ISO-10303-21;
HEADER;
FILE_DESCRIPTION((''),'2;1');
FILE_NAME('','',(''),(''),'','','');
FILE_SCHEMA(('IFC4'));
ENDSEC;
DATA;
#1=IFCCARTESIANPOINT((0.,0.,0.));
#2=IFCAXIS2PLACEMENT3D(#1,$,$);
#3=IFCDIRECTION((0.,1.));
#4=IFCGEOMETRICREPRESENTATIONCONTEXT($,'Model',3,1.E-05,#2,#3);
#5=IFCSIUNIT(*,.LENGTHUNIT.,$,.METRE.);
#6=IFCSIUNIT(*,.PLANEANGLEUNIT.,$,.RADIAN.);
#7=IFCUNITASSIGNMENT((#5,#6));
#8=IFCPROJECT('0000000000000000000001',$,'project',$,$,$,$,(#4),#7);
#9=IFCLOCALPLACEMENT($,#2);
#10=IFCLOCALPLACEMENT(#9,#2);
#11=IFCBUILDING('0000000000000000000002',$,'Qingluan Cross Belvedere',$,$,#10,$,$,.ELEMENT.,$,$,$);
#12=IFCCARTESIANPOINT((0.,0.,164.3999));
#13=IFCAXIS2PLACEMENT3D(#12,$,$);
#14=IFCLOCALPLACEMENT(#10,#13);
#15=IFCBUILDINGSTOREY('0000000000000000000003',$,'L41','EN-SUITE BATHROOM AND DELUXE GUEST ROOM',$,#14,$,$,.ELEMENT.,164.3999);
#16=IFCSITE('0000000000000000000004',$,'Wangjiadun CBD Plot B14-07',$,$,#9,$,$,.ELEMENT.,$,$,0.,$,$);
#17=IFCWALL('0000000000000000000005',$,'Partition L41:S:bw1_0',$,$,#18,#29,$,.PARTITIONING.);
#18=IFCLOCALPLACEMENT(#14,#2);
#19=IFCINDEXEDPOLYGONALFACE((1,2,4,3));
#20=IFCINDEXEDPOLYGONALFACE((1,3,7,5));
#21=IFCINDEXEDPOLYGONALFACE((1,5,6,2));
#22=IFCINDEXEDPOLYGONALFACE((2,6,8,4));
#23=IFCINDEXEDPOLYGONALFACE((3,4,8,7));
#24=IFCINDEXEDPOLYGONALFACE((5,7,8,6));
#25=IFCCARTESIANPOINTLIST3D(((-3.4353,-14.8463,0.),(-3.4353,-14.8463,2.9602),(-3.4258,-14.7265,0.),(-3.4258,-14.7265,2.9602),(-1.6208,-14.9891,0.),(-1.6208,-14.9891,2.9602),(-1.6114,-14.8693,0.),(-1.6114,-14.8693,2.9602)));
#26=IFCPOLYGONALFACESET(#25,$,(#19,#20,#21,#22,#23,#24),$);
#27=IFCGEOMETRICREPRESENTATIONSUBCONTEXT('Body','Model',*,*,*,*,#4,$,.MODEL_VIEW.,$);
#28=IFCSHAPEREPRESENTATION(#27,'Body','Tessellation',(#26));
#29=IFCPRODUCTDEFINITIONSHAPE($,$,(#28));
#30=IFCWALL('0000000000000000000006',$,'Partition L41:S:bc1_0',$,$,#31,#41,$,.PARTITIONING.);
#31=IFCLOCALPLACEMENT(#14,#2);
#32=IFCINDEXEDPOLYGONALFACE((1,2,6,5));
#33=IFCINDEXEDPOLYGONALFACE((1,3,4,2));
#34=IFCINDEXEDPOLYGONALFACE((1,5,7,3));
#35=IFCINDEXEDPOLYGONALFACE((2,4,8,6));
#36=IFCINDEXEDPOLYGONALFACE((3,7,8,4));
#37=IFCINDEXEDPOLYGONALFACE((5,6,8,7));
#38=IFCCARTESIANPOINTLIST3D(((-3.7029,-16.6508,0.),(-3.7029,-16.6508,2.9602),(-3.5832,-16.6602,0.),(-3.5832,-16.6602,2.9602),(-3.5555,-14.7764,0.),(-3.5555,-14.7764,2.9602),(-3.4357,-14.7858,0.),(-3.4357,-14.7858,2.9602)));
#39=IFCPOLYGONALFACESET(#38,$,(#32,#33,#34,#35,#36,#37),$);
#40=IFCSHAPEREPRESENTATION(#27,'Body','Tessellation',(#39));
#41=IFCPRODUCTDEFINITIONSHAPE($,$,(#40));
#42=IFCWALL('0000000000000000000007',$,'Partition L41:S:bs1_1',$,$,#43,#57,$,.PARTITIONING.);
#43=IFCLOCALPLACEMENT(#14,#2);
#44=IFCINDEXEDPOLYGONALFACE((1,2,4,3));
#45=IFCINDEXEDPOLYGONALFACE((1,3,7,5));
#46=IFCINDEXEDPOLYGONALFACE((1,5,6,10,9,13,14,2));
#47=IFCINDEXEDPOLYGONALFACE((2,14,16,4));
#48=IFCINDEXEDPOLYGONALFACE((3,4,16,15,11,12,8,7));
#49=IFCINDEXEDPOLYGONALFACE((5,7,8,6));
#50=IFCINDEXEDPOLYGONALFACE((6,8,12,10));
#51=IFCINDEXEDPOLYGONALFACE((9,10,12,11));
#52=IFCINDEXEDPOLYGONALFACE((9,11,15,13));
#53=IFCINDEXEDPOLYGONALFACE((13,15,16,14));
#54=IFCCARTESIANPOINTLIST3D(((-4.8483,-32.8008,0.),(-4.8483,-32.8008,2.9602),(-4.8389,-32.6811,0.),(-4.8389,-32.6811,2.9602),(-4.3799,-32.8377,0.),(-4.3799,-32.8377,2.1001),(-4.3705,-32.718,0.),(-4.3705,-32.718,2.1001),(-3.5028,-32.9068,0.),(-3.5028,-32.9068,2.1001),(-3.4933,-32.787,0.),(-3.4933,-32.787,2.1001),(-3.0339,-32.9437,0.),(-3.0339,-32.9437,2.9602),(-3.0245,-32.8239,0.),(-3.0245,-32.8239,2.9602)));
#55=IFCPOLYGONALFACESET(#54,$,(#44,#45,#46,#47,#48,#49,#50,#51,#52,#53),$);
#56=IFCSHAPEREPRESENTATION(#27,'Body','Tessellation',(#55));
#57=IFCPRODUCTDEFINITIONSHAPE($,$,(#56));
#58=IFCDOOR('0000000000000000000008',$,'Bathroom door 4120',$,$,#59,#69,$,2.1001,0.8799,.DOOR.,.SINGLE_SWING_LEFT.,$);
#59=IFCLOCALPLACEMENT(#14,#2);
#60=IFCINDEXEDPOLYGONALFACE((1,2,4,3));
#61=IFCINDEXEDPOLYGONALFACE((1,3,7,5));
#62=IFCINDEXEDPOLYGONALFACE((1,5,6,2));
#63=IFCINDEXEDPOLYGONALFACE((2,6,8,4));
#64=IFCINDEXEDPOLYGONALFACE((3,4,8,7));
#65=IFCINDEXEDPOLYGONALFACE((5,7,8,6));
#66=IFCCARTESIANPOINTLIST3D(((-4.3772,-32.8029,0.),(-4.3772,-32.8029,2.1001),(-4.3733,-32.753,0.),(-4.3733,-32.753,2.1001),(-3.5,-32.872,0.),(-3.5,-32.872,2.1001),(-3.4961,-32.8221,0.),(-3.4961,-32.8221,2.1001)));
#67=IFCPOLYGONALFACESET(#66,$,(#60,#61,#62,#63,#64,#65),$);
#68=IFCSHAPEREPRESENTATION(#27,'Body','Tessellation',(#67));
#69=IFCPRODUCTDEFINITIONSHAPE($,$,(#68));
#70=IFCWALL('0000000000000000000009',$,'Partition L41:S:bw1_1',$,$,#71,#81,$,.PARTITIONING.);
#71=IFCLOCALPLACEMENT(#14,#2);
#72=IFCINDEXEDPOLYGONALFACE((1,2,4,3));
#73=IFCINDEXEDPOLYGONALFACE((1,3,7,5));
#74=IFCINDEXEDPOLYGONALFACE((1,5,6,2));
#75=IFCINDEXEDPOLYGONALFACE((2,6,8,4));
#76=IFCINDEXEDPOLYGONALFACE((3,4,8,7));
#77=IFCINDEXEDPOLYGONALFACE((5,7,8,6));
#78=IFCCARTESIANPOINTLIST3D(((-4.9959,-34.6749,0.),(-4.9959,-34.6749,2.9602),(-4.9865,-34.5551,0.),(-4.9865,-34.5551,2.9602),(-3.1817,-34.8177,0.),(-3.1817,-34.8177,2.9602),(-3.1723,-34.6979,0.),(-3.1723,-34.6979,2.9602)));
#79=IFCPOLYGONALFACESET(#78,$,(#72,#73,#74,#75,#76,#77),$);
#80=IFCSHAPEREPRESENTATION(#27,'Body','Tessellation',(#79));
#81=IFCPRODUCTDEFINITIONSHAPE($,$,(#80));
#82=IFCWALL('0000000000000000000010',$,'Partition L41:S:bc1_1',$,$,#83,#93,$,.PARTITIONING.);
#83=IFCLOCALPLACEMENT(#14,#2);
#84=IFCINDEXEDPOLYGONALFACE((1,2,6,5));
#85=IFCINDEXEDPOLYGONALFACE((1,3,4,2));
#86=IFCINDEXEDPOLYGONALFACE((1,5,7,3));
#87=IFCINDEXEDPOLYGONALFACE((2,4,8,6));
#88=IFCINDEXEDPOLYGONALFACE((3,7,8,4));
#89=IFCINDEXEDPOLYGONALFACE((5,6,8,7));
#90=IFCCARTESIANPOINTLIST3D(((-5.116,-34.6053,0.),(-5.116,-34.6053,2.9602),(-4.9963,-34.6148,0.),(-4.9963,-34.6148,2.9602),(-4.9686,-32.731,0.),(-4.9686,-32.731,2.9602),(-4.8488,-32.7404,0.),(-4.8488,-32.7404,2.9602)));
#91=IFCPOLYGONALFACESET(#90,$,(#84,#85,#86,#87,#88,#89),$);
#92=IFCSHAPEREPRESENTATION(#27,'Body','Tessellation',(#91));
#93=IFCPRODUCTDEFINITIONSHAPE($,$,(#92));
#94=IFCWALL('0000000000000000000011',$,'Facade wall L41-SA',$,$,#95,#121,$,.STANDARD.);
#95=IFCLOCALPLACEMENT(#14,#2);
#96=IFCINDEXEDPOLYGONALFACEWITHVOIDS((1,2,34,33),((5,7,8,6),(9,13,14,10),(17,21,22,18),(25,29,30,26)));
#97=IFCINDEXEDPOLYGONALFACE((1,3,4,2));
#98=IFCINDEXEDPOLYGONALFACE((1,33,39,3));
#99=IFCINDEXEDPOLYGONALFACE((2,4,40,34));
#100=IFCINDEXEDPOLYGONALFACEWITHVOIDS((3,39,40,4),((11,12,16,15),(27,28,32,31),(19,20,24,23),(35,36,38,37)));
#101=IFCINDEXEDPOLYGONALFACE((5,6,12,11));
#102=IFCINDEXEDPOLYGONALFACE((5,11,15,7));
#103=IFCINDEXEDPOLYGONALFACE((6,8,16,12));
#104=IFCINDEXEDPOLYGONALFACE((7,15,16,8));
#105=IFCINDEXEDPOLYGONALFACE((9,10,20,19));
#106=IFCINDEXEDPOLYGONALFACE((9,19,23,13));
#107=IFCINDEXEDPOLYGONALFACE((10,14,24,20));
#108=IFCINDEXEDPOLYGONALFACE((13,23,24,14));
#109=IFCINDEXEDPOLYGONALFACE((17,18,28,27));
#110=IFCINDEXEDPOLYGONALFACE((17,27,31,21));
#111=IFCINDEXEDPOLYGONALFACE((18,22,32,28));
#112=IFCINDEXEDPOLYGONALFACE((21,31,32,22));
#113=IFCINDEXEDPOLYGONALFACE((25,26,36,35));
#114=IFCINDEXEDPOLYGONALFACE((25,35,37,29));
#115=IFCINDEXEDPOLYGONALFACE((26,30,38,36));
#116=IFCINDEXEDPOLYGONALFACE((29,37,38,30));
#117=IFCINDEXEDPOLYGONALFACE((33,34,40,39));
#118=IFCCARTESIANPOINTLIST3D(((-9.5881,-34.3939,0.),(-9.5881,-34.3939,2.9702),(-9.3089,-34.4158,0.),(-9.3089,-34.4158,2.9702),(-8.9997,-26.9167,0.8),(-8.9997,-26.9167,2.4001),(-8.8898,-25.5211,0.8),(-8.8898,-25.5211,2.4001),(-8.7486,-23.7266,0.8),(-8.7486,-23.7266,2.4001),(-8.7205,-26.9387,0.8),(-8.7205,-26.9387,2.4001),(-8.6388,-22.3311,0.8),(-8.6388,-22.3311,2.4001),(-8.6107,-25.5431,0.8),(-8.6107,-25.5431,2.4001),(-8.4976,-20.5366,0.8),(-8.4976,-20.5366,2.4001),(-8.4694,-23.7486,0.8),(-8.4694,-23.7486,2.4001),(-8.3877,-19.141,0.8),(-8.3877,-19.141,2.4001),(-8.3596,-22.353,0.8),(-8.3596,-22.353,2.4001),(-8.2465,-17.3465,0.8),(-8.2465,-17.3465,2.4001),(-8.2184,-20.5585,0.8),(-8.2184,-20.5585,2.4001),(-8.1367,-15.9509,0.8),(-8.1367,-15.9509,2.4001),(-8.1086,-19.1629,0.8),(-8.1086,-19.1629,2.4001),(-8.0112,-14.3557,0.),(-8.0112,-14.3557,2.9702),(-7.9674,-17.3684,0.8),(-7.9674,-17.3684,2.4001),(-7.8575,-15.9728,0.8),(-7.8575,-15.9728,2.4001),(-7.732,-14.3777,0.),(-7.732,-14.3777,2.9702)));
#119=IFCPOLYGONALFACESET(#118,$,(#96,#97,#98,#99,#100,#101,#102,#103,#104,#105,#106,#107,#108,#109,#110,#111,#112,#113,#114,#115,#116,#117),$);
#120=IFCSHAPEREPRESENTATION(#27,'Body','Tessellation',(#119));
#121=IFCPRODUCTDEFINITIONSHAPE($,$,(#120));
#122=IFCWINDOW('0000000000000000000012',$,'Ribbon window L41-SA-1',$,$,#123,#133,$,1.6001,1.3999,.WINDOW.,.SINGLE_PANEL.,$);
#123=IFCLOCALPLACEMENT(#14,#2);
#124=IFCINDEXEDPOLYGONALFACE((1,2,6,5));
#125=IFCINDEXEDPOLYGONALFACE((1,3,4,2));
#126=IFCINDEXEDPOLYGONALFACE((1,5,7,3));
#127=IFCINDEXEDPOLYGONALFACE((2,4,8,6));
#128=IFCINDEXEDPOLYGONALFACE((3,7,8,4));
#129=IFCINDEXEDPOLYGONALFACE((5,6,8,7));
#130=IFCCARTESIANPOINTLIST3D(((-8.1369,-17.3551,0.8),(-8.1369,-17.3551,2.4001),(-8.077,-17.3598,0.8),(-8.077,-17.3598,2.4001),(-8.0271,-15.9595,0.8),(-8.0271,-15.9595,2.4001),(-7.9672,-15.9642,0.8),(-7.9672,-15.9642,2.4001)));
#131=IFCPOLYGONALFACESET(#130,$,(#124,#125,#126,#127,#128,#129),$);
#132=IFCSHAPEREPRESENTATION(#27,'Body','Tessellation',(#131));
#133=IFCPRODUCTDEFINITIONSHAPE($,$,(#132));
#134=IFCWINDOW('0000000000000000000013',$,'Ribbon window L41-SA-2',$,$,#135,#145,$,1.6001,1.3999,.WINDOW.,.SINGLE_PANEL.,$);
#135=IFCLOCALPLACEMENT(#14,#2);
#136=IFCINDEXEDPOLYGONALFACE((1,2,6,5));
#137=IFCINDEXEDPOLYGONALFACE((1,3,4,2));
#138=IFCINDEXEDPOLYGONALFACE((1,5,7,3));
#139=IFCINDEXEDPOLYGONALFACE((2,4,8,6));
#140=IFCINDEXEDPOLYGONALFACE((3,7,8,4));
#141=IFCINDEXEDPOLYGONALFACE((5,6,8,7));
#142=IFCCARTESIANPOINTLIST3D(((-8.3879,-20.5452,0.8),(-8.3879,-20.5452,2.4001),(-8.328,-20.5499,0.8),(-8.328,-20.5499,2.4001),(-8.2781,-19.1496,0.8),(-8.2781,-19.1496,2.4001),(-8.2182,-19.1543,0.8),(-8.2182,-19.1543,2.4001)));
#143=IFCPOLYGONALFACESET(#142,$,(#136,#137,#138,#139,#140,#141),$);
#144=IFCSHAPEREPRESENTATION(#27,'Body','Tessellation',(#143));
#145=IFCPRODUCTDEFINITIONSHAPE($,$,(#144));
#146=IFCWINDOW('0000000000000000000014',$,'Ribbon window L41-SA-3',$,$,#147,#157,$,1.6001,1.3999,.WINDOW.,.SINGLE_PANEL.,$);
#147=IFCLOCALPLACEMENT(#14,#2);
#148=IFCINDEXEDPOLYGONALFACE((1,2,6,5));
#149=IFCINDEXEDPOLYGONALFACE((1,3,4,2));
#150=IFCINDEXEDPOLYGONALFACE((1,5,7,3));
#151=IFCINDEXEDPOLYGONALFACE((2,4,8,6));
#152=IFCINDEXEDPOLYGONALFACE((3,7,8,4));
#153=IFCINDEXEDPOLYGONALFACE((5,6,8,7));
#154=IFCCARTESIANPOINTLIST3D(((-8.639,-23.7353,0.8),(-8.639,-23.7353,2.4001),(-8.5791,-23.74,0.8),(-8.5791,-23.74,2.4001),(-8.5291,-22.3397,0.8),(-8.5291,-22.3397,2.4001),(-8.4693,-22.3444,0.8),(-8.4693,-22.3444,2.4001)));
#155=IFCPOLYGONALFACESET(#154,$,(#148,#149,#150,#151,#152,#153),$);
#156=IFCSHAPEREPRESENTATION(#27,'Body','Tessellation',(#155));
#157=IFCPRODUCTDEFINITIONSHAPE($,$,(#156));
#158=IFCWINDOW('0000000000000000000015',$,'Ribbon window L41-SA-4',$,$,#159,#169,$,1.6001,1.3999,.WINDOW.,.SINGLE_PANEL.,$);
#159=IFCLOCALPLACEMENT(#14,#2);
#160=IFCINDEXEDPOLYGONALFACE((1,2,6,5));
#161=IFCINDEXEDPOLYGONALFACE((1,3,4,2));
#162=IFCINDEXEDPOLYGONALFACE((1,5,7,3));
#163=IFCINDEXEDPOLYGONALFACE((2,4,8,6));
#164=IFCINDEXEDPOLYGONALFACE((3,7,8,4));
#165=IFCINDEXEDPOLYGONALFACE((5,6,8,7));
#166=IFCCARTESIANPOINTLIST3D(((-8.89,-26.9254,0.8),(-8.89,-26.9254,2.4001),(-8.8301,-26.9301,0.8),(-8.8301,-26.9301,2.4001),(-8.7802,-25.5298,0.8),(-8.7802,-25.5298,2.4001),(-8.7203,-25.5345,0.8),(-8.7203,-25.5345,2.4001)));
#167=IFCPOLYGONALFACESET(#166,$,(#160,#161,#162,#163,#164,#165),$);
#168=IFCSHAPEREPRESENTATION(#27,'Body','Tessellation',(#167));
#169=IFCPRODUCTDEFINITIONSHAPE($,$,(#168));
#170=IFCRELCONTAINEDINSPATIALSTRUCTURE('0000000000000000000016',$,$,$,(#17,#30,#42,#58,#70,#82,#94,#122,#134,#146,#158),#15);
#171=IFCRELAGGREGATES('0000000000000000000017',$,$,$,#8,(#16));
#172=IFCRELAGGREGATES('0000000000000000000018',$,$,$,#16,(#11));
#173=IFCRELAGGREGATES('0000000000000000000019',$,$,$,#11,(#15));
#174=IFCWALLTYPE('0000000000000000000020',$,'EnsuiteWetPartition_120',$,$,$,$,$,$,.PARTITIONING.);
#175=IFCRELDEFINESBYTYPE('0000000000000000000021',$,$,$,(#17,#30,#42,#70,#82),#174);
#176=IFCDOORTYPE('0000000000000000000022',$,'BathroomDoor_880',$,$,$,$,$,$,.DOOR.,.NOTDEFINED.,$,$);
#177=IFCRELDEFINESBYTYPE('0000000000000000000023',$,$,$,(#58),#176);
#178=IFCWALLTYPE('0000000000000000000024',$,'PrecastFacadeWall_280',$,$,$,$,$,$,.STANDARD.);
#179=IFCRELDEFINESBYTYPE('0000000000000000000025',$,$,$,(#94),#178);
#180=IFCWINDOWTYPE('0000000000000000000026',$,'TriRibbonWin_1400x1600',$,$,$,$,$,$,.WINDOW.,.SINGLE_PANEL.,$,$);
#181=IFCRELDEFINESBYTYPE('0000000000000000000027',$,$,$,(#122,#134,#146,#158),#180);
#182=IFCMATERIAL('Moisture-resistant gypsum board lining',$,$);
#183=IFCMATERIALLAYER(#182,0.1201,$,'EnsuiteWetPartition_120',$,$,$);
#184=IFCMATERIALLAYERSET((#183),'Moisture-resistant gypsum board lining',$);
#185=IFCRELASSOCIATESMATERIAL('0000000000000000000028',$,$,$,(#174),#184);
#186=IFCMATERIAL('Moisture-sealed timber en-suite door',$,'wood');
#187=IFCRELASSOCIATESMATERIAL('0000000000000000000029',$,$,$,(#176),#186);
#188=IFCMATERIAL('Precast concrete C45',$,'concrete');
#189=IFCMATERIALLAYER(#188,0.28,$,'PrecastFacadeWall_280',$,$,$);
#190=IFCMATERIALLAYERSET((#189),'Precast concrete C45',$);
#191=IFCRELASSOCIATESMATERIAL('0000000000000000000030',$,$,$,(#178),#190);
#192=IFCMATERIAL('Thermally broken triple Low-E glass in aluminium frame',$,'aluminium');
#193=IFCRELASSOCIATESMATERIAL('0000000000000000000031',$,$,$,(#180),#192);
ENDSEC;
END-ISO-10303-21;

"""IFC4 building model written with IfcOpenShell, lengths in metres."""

from ifc_helpers import new_model, si_unit, direction, frame, frame_2d, origin, place, context, subcontext, project, spatial, rectangle, extrude, material, layer, layer_set, type_object, element, fill, save


model = new_model("IFC4")

# Units and contexts
model_context = context("Model", 3, precision=1e-05, world=origin(), true_north=direction((0.0, 1.0)))
body_context = subcontext(model_context, "Body", "Model", "MODEL_VIEW")
ifc_project = project(units=[si_unit("LENGTHUNIT", "METRE"), si_unit("PLANEANGLEUNIT", "RADIAN")], contexts=[model_context])

# Site, building, storey
site_placement = place(None, origin())
site = spatial("IfcSite", under=ifc_project, at=site_placement, Name="Wangjiadun CBD Plot B14-07", CompositionType="ELEMENT", RefElevation=0.0)
building_placement = place(site_placement, origin())
building = spatial("IfcBuilding", under=site, at=building_placement, Name="Qingluan Cross Belvedere", CompositionType="ELEMENT")
storey_placement = place(building_placement, frame((0.0, 0.0, 164.3999)))
storey = spatial("IfcBuildingStorey", under=building, at=storey_placement, Name="L41", Description="EN-SUITE BATHROOM AND DELUXE GUEST ROOM", CompositionType="ELEMENT", Elevation=164.3999)

# Shared definitions
ifc_material_1 = material(Name="Moisture-resistant gypsum board lining")
ifc_layer_1 = layer(ifc_material_1, 0.1201, Name="EnsuiteWetPartition_120")
ifc_layer_set_1 = layer_set([ifc_layer_1], Name="Moisture-resistant gypsum board lining")
wall_type_1 = type_object("IfcWallType", Name="EnsuiteWetPartition_120", PredefinedType="PARTITIONING", material=ifc_layer_set_1)
ifc_material_2 = material(Name="Moisture-sealed timber en-suite door", Category="wood")
door_type = type_object("IfcDoorType", Name="BathroomDoor_880", OperationType="NOTDEFINED", PredefinedType="DOOR", material=ifc_material_2)

# Walls
wall_1_placement = place(storey_placement, frame((-3.4307, -14.7864, 0.0), z_axis=(0.0, 0.0, 1.0), x_axis=(0.996916, -0.078471, 0.0)))
element("IfcWall", 1, at=wall_1_placement, inside=storey, type_object=wall_type_1, Name="Partition L41:S:bw1_0", PredefinedType="PARTITIONING", context=body_context, shape_type="SweptSolid", body=[
    extrude(rectangle(XDim=1.8201, YDim=0.1201, at=frame_2d((0.9102, 0.0))), origin(), (0.0, 0.0, 1.0), 2.9602),
])
wall_2_placement = place(storey_placement, frame((-3.4956, -14.7812, 0.0), z_axis=(0.0, 0.0, 1.0), x_axis=(-0.078434, -0.996919, 0.0)))
element("IfcWall", 2, at=wall_2_placement, inside=storey, type_object=wall_type_1, Name="Partition L41:S:bc1_0", PredefinedType="PARTITIONING", context=body_context, shape_type="SweptSolid", body=[
    extrude(rectangle(XDim=1.8801, YDim=0.1201, at=frame_2d((0.9399, 0.0))), origin(), (0.0, 0.0, 1.0), 2.9602),
])

# Wall, opening, door
wall_3_placement = place(storey_placement, frame((-4.8438, -32.741, 0.0), z_axis=(0.0, 0.0, 1.0), x_axis=(0.996916, -0.078471, 0.0)))
wall_3 = element("IfcWall", 3, at=wall_3_placement, inside=storey, type_object=wall_type_1, Name="Partition L41:S:bs1_1", PredefinedType="PARTITIONING", context=body_context, shape_type="SweptSolid", body=[
    extrude(rectangle(XDim=1.8201, YDim=0.1201, at=frame_2d((0.9102, 0.0))), origin(), (0.0, 0.0, 1.0), 2.9602),
])
opening_1_placement = place(wall_3_placement, frame((0.47, 0.0, 0.0)))
opening_1 = element("IfcOpeningElement", 4, at=opening_1_placement, cuts=wall_3, PredefinedType="OPENING", context=body_context, shape_type="SweptSolid", body=[
    extrude(rectangle(XDim=0.8799, YDim=2.1001, at=frame_2d((0.4399, 1.05))), frame((0.0, 0.0701, 0.0), z_axis=(0.0, -1.0, 0.0), x_axis=(1.0, 0.0, 0.0)), (0.0, 0.0, 1.0), 0.1401),
])
door_1_placement = place(opening_1_placement, origin())
door_1 = element("IfcDoor", 5, at=door_1_placement, inside=storey, type_object=door_type, Name="Bathroom door 4120", OperationType="SINGLE_SWING_LEFT", OverallHeight=2.1001, OverallWidth=0.8799, PredefinedType="DOOR", context=body_context, shape_type="SweptSolid", body=[
    extrude(rectangle(XDim=0.8799, YDim=2.1001, at=frame_2d((0.4399, 1.05))), frame((0.0, 0.0249, 0.0), z_axis=(0.0, -1.0, 0.0), x_axis=(1.0, 0.0, 0.0)), (0.0, 0.0, 1.0), 0.05),
])
fill(opening_1, door_1)

# Walls
wall_4_placement = place(storey_placement, frame((-4.9912, -34.615, 0.0), z_axis=(0.0, 0.0, 1.0), x_axis=(0.996916, -0.078481, 0.0)))
element("IfcWall", 6, at=wall_4_placement, inside=storey, type_object=wall_type_1, Name="Partition L41:S:bw1_1", PredefinedType="PARTITIONING", context=body_context, shape_type="SweptSolid", body=[
    extrude(rectangle(XDim=1.8198, YDim=0.1201, at=frame_2d((0.9099, 0.0))), origin(), (0.0, 0.0, 1.0), 2.9602),
])
wall_5_placement = place(storey_placement, frame((-4.9087, -32.7358, 0.0), z_axis=(0.0, 0.0, 1.0), x_axis=(-0.078434, -0.996919, 0.0)))
element("IfcWall", 7, at=wall_5_placement, inside=storey, type_object=wall_type_1, Name="Partition L41:S:bc1_1", PredefinedType="PARTITIONING", context=body_context, shape_type="SweptSolid", body=[
    extrude(rectangle(XDim=1.8801, YDim=0.1201, at=frame_2d((0.9399, 0.0))), origin(), (0.0, 0.0, 1.0), 2.9602),
])

# Wall, openings, windows
ifc_material_3 = material(Name="Precast concrete C45", Category="concrete")
ifc_layer_2 = layer(ifc_material_3, 0.28, Name="PrecastFacadeWall_280")
ifc_layer_set_2 = layer_set([ifc_layer_2], Name="Precast concrete C45")
wall_type_2 = type_object("IfcWallType", Name="PrecastFacadeWall_280", PredefinedType="STANDARD", material=ifc_layer_set_2)
wall_6_placement = place(storey_placement, frame((-7.8716, -14.3667, 0.0), z_axis=(0.0, 0.0, 1.0), x_axis=(-0.078453, -0.996918, 0.0)))
wall_6 = element("IfcWall", 8, at=wall_6_placement, inside=storey, type_object=wall_type_2, Name="Facade wall L41-SA", PredefinedType="STANDARD", context=body_context, shape_type="SweptSolid", body=[
    extrude(rectangle(XDim=20.1001, YDim=0.28, at=frame_2d((10.05, 0.0))), origin(), (0.0, 0.0, 1.0), 2.9702),
])
opening_2_placement = place(wall_6_placement, frame((1.6001, 0.0, 0.8)))
opening_2 = element("IfcOpeningElement", 9, at=opening_2_placement, cuts=wall_6, PredefinedType="OPENING", context=body_context, shape_type="SweptSolid", body=[
    extrude(rectangle(XDim=1.3999, YDim=1.6001, at=frame_2d((0.7, 0.8))), frame((0.0, 0.1499, 0.0), z_axis=(0.0, -1.0, 0.0), x_axis=(1.0, 0.0, 0.0)), (0.0, 0.0, 1.0), 0.3),
])
opening_3_placement = place(wall_6_placement, frame((4.8, 0.0, 0.8)))
opening_3 = element("IfcOpeningElement", 10, at=opening_3_placement, cuts=wall_6, PredefinedType="OPENING", context=body_context, shape_type="SweptSolid", body=[
    extrude(rectangle(XDim=1.3999, YDim=1.6001, at=frame_2d((0.7, 0.8))), frame((0.0, 0.1499, 0.0), z_axis=(0.0, -1.0, 0.0), x_axis=(1.0, 0.0, 0.0)), (0.0, 0.0, 1.0), 0.3),
])
opening_4_placement = place(wall_6_placement, frame((8.0, 0.0, 0.8)))
opening_4 = element("IfcOpeningElement", 11, at=opening_4_placement, cuts=wall_6, PredefinedType="OPENING", context=body_context, shape_type="SweptSolid", body=[
    extrude(rectangle(XDim=1.3999, YDim=1.6001, at=frame_2d((0.7, 0.8))), frame((0.0, 0.1499, 0.0), z_axis=(0.0, -1.0, 0.0), x_axis=(1.0, 0.0, 0.0)), (0.0, 0.0, 1.0), 0.3),
])
opening_5_placement = place(wall_6_placement, frame((11.2, 0.0, 0.8)))
opening_5 = element("IfcOpeningElement", 12, at=opening_5_placement, cuts=wall_6, PredefinedType="OPENING", context=body_context, shape_type="SweptSolid", body=[
    extrude(rectangle(XDim=1.3999, YDim=1.6001, at=frame_2d((0.7, 0.8))), frame((0.0, 0.1499, 0.0), z_axis=(0.0, -1.0, 0.0), x_axis=(1.0, 0.0, 0.0)), (0.0, 0.0, 1.0), 0.3),
])
ifc_material_4 = material(Name="Thermally broken triple Low-E glass in aluminium frame", Category="aluminium")
window_type_1 = type_object("IfcWindowType", Name="TriRibbonWin_1400x1600", PartitioningType="SINGLE_PANEL", PredefinedType="WINDOW", material=ifc_material_4)
window_1_placement = place(opening_2_placement, origin())
window_1 = element("IfcWindow", 13, at=window_1_placement, inside=storey, type_object=window_type_1, Name="Ribbon window L41-SA-1", OverallHeight=1.6001, OverallWidth=1.3999, PartitioningType="SINGLE_PANEL", PredefinedType="WINDOW", context=body_context, shape_type="SweptSolid", body=[
    extrude(rectangle(XDim=1.3999, YDim=1.6001, at=frame_2d((0.7, 0.8))), frame((0.0, 0.03, 0.0), z_axis=(0.0, -1.0, 0.0), x_axis=(1.0, 0.0, 0.0)), (0.0, 0.0, 1.0), 0.0601),
])
fill(opening_2, window_1)
window_2_placement = place(opening_3_placement, origin())
window_2 = element("IfcWindow", 14, at=window_2_placement, inside=storey, type_object=window_type_1, Name="Ribbon window L41-SA-2", OverallHeight=1.6001, OverallWidth=1.3999, PartitioningType="SINGLE_PANEL", PredefinedType="WINDOW", context=body_context, shape_type="SweptSolid", body=[
    extrude(rectangle(XDim=1.3999, YDim=1.6001, at=frame_2d((0.7, 0.8))), frame((0.0, 0.03, 0.0), z_axis=(0.0, -1.0, 0.0), x_axis=(1.0, 0.0, 0.0)), (0.0, 0.0, 1.0), 0.0601),
])
fill(opening_3, window_2)
window_3_placement = place(opening_4_placement, origin())
window_3 = element("IfcWindow", 15, at=window_3_placement, inside=storey, type_object=window_type_1, Name="Ribbon window L41-SA-3", OverallHeight=1.6001, OverallWidth=1.3999, PartitioningType="SINGLE_PANEL", PredefinedType="WINDOW", context=body_context, shape_type="SweptSolid", body=[
    extrude(rectangle(XDim=1.3999, YDim=1.6001, at=frame_2d((0.7, 0.8))), frame((0.0, 0.03, 0.0), z_axis=(0.0, -1.0, 0.0), x_axis=(1.0, 0.0, 0.0)), (0.0, 0.0, 1.0), 0.0601),
])
fill(opening_4, window_3)
window_4_placement = place(opening_5_placement, origin())
window_4 = element("IfcWindow", 16, at=window_4_placement, inside=storey, type_object=window_type_1, Name="Ribbon window L41-SA-4", OverallHeight=1.6001, OverallWidth=1.3999, PartitioningType="SINGLE_PANEL", PredefinedType="WINDOW", context=body_context, shape_type="SweptSolid", body=[
    extrude(rectangle(XDim=1.3999, YDim=1.6001, at=frame_2d((0.7, 0.8))), frame((0.0, 0.03, 0.0), z_axis=(0.0, -1.0, 0.0), x_axis=(1.0, 0.0, 0.0)), (0.0, 0.0, 1.0), 0.0601),
])
fill(opening_5, window_4)

save(model, "model.ifc")
